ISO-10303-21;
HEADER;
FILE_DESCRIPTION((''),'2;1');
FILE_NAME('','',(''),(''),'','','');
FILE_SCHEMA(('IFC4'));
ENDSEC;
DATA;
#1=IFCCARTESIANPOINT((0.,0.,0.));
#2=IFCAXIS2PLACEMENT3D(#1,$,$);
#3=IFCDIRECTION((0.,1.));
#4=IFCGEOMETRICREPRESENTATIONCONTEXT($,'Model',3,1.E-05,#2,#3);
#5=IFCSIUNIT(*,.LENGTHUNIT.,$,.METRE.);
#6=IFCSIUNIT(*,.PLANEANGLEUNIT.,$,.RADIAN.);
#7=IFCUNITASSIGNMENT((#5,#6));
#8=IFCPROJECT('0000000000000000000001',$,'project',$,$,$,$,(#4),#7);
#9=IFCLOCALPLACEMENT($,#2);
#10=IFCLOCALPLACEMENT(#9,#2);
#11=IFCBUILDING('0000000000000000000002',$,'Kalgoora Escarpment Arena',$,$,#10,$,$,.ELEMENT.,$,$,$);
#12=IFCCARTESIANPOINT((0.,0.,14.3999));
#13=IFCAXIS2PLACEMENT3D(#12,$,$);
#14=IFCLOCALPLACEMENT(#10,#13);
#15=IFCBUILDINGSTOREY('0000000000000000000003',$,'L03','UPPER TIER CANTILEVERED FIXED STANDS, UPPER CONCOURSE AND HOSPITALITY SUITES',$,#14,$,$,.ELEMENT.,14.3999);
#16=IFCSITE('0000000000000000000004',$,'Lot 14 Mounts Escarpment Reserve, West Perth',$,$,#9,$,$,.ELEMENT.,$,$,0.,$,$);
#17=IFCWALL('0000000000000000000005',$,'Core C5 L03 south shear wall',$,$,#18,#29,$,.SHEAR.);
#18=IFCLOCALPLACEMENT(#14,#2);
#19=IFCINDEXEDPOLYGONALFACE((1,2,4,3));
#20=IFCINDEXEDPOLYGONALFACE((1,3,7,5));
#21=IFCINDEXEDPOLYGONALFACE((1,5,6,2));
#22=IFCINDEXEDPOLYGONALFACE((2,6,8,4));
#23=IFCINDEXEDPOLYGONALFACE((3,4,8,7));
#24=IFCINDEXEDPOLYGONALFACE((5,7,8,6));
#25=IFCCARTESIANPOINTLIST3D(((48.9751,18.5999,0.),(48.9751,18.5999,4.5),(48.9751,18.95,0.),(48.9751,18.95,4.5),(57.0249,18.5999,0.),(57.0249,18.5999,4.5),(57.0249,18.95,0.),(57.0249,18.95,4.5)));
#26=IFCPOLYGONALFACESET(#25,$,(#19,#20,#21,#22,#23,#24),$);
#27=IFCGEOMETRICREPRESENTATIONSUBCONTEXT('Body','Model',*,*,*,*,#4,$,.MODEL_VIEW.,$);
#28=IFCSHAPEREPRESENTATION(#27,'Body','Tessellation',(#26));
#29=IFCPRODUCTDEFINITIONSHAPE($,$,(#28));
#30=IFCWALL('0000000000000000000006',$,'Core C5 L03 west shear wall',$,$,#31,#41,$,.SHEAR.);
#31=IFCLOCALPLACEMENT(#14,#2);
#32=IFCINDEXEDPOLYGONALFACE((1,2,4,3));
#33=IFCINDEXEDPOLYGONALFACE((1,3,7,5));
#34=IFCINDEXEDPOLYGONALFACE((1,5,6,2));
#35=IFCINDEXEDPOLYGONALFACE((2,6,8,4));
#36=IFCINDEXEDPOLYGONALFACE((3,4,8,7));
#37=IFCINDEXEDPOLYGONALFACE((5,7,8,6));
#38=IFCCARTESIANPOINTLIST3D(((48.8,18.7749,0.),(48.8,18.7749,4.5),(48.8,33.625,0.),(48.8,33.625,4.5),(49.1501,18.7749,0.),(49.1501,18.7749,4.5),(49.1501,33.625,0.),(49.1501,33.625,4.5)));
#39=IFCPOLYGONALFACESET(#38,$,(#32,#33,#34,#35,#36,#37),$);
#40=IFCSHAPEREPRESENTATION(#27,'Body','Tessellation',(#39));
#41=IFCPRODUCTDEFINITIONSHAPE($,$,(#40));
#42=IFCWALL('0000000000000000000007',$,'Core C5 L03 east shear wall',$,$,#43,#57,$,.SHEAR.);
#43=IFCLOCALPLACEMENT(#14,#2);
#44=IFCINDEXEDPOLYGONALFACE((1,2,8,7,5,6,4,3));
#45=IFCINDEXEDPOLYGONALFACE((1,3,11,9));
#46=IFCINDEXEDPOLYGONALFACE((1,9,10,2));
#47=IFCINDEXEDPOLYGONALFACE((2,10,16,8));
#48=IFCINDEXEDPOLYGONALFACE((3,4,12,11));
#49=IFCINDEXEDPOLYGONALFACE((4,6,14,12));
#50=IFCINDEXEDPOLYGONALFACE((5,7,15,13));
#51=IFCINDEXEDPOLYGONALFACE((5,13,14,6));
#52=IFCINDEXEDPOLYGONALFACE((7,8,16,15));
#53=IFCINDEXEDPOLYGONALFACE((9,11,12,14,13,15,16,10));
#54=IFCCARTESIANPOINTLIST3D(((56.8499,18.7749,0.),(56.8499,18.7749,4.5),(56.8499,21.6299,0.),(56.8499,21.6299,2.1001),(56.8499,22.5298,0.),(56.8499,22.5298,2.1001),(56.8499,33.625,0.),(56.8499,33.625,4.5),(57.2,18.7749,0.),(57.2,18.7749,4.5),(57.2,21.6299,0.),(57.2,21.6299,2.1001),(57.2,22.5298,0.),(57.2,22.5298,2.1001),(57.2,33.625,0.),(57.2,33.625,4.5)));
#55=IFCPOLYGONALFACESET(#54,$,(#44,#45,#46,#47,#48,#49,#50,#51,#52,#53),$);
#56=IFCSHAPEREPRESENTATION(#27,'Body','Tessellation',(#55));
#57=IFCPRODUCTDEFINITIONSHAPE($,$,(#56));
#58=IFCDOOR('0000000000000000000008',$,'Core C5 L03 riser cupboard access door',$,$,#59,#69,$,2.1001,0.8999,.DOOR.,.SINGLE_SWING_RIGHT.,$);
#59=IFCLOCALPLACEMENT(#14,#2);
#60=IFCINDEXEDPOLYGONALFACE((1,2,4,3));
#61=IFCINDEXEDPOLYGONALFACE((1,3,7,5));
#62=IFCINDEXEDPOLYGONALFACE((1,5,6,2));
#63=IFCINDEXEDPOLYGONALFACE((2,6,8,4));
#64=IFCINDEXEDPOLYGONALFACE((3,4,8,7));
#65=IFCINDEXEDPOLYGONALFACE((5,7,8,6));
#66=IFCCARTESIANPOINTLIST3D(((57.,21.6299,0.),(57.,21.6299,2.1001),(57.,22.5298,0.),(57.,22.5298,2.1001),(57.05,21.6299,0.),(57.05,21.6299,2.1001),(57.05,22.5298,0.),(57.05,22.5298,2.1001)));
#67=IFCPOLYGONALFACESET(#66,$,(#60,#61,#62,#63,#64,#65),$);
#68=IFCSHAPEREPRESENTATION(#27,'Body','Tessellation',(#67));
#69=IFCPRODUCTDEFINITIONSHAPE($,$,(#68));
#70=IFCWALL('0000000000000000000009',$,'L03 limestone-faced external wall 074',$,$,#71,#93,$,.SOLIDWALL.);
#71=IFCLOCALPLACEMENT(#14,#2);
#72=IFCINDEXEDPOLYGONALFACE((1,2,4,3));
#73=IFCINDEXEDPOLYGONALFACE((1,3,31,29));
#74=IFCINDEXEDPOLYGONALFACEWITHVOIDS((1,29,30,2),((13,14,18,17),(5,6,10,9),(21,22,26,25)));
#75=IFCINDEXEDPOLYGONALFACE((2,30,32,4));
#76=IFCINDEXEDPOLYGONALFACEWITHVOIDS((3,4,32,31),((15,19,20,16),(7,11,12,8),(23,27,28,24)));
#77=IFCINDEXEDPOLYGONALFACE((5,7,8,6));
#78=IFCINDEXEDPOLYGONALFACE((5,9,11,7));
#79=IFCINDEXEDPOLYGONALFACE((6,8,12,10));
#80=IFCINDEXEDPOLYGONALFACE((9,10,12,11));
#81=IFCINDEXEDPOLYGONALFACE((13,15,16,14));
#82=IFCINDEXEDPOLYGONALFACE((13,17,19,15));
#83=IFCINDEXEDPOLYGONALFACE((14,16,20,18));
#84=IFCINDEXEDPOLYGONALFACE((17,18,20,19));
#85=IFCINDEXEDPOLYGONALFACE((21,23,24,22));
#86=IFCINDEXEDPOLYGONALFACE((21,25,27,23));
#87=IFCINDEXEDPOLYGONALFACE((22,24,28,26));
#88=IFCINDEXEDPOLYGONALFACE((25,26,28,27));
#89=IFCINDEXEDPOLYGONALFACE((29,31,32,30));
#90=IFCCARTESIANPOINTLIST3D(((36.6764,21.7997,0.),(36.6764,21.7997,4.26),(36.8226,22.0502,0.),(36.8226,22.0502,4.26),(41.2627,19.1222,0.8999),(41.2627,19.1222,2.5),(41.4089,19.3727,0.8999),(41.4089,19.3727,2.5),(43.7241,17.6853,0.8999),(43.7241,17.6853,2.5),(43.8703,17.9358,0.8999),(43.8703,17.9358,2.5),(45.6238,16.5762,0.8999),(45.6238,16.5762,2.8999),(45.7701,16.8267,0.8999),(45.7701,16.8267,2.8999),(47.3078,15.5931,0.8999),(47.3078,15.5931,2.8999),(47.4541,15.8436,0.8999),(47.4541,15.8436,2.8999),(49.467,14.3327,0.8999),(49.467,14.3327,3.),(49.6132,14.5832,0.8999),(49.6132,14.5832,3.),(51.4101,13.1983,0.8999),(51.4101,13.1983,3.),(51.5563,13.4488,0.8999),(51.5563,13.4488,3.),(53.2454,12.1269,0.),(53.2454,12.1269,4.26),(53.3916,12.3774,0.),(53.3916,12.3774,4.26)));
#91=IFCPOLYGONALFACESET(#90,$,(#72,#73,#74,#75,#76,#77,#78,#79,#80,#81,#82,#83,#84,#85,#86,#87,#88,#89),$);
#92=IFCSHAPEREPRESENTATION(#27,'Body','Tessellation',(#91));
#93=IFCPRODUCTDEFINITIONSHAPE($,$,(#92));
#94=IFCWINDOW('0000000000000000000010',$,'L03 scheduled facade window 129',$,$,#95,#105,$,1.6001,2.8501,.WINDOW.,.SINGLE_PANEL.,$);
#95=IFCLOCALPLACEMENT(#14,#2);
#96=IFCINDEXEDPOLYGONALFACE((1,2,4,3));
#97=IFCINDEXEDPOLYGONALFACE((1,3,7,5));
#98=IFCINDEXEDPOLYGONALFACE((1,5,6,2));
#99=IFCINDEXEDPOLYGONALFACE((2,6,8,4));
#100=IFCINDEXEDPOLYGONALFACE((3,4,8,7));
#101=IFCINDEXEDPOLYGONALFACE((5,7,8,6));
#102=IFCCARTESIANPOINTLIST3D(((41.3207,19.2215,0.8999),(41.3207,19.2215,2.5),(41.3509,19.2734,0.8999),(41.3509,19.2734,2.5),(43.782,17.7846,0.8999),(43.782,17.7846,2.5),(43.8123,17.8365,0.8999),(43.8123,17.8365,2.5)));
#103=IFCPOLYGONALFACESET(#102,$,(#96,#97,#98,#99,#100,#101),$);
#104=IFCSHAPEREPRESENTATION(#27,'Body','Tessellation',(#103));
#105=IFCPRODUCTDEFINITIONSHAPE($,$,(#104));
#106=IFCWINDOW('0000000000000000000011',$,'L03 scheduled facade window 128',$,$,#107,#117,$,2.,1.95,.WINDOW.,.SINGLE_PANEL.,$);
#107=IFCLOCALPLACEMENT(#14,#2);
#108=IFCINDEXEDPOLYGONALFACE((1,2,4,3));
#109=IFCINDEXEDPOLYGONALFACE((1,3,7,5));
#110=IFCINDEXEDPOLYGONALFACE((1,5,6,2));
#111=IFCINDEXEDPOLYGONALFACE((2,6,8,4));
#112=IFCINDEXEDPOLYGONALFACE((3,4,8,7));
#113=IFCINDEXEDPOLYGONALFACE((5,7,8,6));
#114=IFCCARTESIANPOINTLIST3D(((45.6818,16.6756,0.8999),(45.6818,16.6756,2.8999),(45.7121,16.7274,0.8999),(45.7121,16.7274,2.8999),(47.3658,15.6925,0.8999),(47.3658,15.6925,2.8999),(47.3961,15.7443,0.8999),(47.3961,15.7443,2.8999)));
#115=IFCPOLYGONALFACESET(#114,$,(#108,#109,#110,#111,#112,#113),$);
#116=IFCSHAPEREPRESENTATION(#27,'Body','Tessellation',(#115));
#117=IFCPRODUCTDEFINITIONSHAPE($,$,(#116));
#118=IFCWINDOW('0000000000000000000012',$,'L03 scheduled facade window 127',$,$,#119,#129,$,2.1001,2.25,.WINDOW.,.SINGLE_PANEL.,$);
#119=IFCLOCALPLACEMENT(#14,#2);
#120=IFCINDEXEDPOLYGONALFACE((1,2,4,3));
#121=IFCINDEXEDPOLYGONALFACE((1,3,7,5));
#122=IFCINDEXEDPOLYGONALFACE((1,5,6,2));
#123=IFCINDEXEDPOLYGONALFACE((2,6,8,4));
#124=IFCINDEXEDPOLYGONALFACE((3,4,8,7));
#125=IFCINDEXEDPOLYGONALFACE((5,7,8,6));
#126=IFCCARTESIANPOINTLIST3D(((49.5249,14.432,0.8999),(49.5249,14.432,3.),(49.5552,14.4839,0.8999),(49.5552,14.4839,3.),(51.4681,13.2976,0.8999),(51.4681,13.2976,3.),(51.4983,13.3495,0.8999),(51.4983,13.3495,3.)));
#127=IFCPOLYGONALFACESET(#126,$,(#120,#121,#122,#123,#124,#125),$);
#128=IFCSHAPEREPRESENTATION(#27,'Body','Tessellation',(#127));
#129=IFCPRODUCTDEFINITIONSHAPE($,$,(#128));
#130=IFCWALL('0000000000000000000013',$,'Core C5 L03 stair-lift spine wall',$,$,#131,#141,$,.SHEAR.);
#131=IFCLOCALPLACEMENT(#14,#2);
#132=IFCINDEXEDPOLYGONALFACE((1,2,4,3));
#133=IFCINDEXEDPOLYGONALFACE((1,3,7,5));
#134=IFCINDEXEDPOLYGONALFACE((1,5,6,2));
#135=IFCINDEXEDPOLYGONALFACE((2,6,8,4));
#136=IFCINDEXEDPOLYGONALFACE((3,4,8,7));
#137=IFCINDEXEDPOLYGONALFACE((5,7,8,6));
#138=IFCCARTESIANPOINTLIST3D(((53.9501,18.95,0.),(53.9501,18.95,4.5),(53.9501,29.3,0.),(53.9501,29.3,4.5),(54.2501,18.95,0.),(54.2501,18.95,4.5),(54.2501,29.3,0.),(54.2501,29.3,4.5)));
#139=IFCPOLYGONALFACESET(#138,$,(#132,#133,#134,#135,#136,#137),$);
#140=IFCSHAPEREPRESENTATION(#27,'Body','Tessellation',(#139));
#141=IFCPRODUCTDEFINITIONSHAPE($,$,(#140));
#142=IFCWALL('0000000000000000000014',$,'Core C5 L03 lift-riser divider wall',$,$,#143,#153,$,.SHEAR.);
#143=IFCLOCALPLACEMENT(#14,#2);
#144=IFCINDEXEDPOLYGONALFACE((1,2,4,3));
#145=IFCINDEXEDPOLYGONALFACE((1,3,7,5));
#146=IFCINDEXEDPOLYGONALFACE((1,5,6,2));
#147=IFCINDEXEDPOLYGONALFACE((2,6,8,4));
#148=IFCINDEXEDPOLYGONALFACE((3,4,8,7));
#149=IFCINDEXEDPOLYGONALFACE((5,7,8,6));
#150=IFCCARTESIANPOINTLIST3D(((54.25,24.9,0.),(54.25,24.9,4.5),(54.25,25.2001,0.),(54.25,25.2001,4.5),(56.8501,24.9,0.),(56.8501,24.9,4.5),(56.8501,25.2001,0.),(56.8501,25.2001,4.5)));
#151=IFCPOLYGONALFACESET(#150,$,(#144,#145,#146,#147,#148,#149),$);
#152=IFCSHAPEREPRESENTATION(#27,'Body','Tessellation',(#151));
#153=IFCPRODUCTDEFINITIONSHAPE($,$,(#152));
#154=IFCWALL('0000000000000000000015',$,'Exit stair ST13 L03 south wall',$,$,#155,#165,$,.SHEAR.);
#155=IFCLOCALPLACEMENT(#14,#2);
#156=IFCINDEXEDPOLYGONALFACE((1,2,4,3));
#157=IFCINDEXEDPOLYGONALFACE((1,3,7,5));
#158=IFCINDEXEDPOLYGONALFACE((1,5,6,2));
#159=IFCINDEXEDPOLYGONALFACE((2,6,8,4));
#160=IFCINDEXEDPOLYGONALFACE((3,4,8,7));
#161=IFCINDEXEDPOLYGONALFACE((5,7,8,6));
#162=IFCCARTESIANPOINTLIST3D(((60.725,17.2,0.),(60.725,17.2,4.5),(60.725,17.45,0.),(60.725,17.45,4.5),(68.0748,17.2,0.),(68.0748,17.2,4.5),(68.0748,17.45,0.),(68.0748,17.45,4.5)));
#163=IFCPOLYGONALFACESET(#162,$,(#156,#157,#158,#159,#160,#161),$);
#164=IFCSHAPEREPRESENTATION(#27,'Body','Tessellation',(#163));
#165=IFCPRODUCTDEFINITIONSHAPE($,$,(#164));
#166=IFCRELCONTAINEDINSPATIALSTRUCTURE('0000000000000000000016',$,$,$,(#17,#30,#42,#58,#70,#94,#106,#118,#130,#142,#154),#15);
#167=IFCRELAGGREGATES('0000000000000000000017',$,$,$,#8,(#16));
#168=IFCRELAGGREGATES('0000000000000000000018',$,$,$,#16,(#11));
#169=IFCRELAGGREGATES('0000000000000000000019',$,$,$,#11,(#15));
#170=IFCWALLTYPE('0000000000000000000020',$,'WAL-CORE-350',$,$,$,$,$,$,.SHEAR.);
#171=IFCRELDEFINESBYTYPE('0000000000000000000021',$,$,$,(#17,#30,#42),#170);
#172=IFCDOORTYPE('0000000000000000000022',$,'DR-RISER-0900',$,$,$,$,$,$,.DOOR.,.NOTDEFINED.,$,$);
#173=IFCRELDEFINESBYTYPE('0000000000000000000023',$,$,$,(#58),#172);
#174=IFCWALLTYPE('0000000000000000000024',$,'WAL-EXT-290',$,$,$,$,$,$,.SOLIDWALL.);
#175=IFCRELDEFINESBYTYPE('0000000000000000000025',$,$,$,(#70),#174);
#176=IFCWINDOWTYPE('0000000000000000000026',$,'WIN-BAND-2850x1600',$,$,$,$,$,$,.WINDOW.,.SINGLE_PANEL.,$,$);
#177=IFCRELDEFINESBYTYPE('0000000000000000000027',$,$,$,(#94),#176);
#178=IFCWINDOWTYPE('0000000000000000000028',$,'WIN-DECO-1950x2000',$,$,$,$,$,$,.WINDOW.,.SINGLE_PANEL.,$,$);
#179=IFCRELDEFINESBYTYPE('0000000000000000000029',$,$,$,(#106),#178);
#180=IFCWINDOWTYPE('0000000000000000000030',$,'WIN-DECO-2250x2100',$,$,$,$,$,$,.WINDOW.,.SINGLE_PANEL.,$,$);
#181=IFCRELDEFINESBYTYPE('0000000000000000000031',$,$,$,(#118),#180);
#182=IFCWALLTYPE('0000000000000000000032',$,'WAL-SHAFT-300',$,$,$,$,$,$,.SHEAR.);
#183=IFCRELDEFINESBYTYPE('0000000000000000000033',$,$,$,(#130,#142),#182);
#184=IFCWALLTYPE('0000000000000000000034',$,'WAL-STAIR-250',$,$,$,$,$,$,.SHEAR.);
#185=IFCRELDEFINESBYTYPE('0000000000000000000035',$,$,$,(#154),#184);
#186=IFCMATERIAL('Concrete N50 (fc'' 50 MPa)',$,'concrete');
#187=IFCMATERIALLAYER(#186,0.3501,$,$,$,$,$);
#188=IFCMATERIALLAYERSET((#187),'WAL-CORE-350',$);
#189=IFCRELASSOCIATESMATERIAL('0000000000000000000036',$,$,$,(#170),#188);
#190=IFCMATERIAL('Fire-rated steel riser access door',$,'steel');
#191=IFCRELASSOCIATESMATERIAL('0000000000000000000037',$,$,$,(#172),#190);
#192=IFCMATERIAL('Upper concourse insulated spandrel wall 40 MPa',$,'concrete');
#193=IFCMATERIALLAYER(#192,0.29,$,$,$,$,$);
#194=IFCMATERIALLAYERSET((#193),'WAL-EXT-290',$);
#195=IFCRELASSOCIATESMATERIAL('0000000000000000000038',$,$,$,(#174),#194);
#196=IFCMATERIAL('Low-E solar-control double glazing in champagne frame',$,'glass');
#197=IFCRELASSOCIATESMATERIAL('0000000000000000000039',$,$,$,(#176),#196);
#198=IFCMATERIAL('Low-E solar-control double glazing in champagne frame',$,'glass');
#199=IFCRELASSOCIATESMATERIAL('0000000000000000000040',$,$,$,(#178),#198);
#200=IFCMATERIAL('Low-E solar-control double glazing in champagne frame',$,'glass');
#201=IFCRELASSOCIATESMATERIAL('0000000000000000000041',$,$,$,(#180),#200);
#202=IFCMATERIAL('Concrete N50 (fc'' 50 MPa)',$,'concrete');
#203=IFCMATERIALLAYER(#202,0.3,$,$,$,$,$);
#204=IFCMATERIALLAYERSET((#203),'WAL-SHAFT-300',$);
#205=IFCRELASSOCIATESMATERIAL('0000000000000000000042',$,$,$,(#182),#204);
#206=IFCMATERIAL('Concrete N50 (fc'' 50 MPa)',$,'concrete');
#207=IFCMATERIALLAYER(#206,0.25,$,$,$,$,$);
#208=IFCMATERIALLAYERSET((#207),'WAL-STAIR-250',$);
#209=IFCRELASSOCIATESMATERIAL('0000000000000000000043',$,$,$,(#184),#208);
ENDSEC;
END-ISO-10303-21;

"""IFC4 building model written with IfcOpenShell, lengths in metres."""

from ifc_helpers import new_model, si_unit, direction, frame, frame_2d, origin, place, context, subcontext, project, spatial, rectangle, extrude, material, layer, layer_set, type_object, element, fill, save


model = new_model("IFC4")

# Units and contexts
model_context = context("Model", 3, precision=1e-05, world=origin(), true_north=direction((0.0, 1.0)))
body_context = subcontext(model_context, "Body", "Model", "MODEL_VIEW")
ifc_project = project(units=[si_unit("LENGTHUNIT", "METRE"), si_unit("PLANEANGLEUNIT", "RADIAN")], contexts=[model_context])

# Site, building, storey
site_placement = place(None, origin())
site = spatial("IfcSite", under=ifc_project, at=site_placement, Name="Lot 14 Mounts Escarpment Reserve, West Perth", CompositionType="ELEMENT", RefElevation=0.0)
building_placement = place(site_placement, origin())
building = spatial("IfcBuilding", under=site, at=building_placement, Name="Kalgoora Escarpment Arena", CompositionType="ELEMENT")
storey_placement = place(building_placement, frame((0.0, 0.0, 14.3999)))
storey = spatial("IfcBuildingStorey", under=building, at=storey_placement, Name="L03", Description="UPPER TIER CANTILEVERED FIXED STANDS, UPPER CONCOURSE AND HOSPITALITY SUITES", CompositionType="ELEMENT", Elevation=14.3999)

# Walls
ifc_material_1 = material(Name="Concrete N50 (fc' 50 MPa)", Category="concrete")
ifc_layer_1 = layer(ifc_material_1, 0.3501)
ifc_layer_set_1 = layer_set([ifc_layer_1], Name="WAL-CORE-350")
wall_type_1 = type_object("IfcWallType", Name="WAL-CORE-350", PredefinedType="SHEAR", material=ifc_layer_set_1)
wall_1_placement = place(storey_placement, frame((48.9751, 18.7749, 0.0), z_axis=(0.0, 0.0, 1.0), x_axis=(1.0, 0.0, 0.0)))
element("IfcWall", 1, at=wall_1_placement, inside=storey, type_object=wall_type_1, Name="Core C5 L03 south shear wall", PredefinedType="SHEAR", context=body_context, shape_type="SweptSolid", body=[
    extrude(rectangle(XDim=8.0498, YDim=0.3501, at=frame_2d((4.0249, 0.0))), origin(), (0.0, 0.0, 1.0), 4.5),
])
wall_2_placement = place(storey_placement, frame((48.9751, 18.7749, 0.0), z_axis=(0.0, 0.0, 1.0), x_axis=(0.0, 1.0, 0.0)))
element("IfcWall", 2, at=wall_2_placement, inside=storey, type_object=wall_type_1, Name="Core C5 L03 west shear wall", PredefinedType="SHEAR", context=body_context, shape_type="SweptSolid", body=[
    extrude(rectangle(XDim=14.8501, YDim=0.3501, at=frame_2d((7.425, 0.0))), origin(), (0.0, 0.0, 1.0), 4.5),
])

# Wall, opening, door
wall_3_placement = place(storey_placement, frame((57.0249, 18.7749, 0.0), z_axis=(0.0, 0.0, 1.0), x_axis=(0.0, 1.0, 0.0)))
wall_3 = element("IfcWall", 3, at=wall_3_placement, inside=storey, type_object=wall_type_1, Name="Core C5 L03 east shear wall", PredefinedType="SHEAR", context=body_context, shape_type="SweptSolid", body=[
    extrude(rectangle(XDim=14.8501, YDim=0.3501, at=frame_2d((7.425, 0.0))), origin(), (0.0, 0.0, 1.0), 4.5),
])
opening_1_placement = place(wall_3_placement, frame((2.855, 0.0, 0.0)))
opening_1 = element("IfcOpeningElement", 4, at=opening_1_placement, cuts=wall_3, PredefinedType="OPENING", context=body_context, shape_type="SweptSolid", body=[
    extrude(rectangle(XDim=0.8999, YDim=2.1001, at=frame_2d((0.45, 1.05))), frame((0.0, 0.1851, 0.0), z_axis=(0.0, -1.0, 0.0), x_axis=(1.0, 0.0, 0.0)), (0.0, 0.0, 1.0), 0.3701),
])
ifc_material_2 = material(Name="Fire-rated steel riser access door", Category="steel")
door_type = type_object("IfcDoorType", Name="DR-RISER-0900", OperationType="NOTDEFINED", PredefinedType="DOOR", material=ifc_material_2)
door_placement = place(opening_1_placement, origin())
door = element("IfcDoor", 5, at=door_placement, inside=storey, type_object=door_type, Name="Core C5 L03 riser cupboard access door", OperationType="SINGLE_SWING_RIGHT", OverallHeight=2.1001, OverallWidth=0.8999, PredefinedType="DOOR", context=body_context, shape_type="SweptSolid", body=[
    extrude(rectangle(XDim=0.8999, YDim=2.1001, at=frame_2d((0.45, 1.05))), frame((0.0, 0.0249, 0.0), z_axis=(0.0, -1.0, 0.0), x_axis=(1.0, 0.0, 0.0)), (0.0, 0.0, 1.0), 0.05),
])
fill(opening_1, door)

# Wall, openings, windows
ifc_material_3 = material(Name="Upper concourse insulated spandrel wall 40 MPa", Category="concrete")
ifc_layer_2 = layer(ifc_material_3, 0.29)
ifc_layer_set_2 = layer_set([ifc_layer_2], Name="WAL-EXT-290")
wall_type_2 = type_object("IfcWallType", Name="WAL-EXT-290", PredefinedType="SOLIDWALL", material=ifc_layer_set_2)
wall_4_placement = place(storey_placement, frame((53.3184, 12.2522, 0.0), z_axis=(0.0, 0.0, 1.0), x_axis=(-0.863608, 0.504165, 0.0)))
wall_4 = element("IfcWall", 6, at=wall_4_placement, inside=storey, type_object=wall_type_2, Name="L03 limestone-faced external wall 074", PredefinedType="SOLIDWALL", context=body_context, shape_type="SweptSolid", body=[
    extrude(rectangle(XDim=19.1858, YDim=0.29, at=frame_2d((9.5928, 0.0))), origin(), (0.0, 0.0, 1.0), 4.26),
])
opening_2_placement = place(wall_4_placement, frame((2.125, 0.0, 0.8999)))
opening_2 = element("IfcOpeningElement", 7, at=opening_2_placement, cuts=wall_4, PredefinedType="OPENING", context=body_context, shape_type="SweptSolid", body=[
    extrude(rectangle(XDim=2.25, YDim=2.1001, at=frame_2d((1.125, 1.05))), frame((0.0, 0.155, 0.0), z_axis=(0.0, -1.0, 0.0), x_axis=(1.0, 0.0, 0.0)), (0.0, 0.0, 1.0), 0.3101),
])
opening_3_placement = place(wall_4_placement, frame((6.875, 0.0, 0.8999)))
opening_3 = element("IfcOpeningElement", 8, at=opening_3_placement, cuts=wall_4, PredefinedType="OPENING", context=body_context, shape_type="SweptSolid", body=[
    extrude(rectangle(XDim=1.95, YDim=2.0, at=frame_2d((0.9751, 1.0))), frame((0.0, 0.155, 0.0), z_axis=(0.0, -1.0, 0.0), x_axis=(1.0, 0.0, 0.0)), (0.0, 0.0, 1.0), 0.3101),
])
opening_4_placement = place(wall_4_placement, frame((11.0249, 0.0, 0.8999)))
opening_4 = element("IfcOpeningElement", 9, at=opening_4_placement, cuts=wall_4, PredefinedType="OPENING", context=body_context, shape_type="SweptSolid", body=[
    extrude(rectangle(XDim=2.8501, YDim=1.6001, at=frame_2d((1.425, 0.8))), frame((0.0, 0.155, 0.0), z_axis=(0.0, -1.0, 0.0), x_axis=(1.0, 0.0, 0.0)), (0.0, 0.0, 1.0), 0.3101),
])
ifc_material_4 = material(Name="Low-E solar-control double glazing in champagne frame", Category="glass")
window_type_1 = type_object("IfcWindowType", Name="WIN-BAND-2850x1600", PartitioningType="SINGLE_PANEL", PredefinedType="WINDOW", material=ifc_material_4)
window_1_placement = place(opening_4_placement, origin())
window_1 = element("IfcWindow", 10, at=window_1_placement, inside=storey, type_object=window_type_1, Name="L03 scheduled facade window 129", OverallHeight=1.6001, OverallWidth=2.8501, PartitioningType="SINGLE_PANEL", PredefinedType="WINDOW", context=body_context, shape_type="SweptSolid", body=[
    extrude(rectangle(XDim=2.8501, YDim=1.6001, at=frame_2d((1.425, 0.8))), frame((0.0, 0.03, 0.0), z_axis=(0.0, -1.0, 0.0), x_axis=(1.0, 0.0, 0.0)), (0.0, 0.0, 1.0), 0.0601),
])
fill(opening_4, window_1)
ifc_material_5 = material(Name="Low-E solar-control double glazing in champagne frame", Category="glass")
window_type_2 = type_object("IfcWindowType", Name="WIN-DECO-1950x2000", PartitioningType="SINGLE_PANEL", PredefinedType="WINDOW", material=ifc_material_5)
window_2_placement = place(opening_3_placement, origin())
window_2 = element("IfcWindow", 11, at=window_2_placement, inside=storey, type_object=window_type_2, Name="L03 scheduled facade window 128", OverallHeight=2.0, OverallWidth=1.95, PartitioningType="SINGLE_PANEL", PredefinedType="WINDOW", context=body_context, shape_type="SweptSolid", body=[
    extrude(rectangle(XDim=1.95, YDim=2.0, at=frame_2d((0.9751, 1.0))), frame((0.0, 0.03, 0.0), z_axis=(0.0, -1.0, 0.0), x_axis=(1.0, 0.0, 0.0)), (0.0, 0.0, 1.0), 0.0601),
])
fill(opening_3, window_2)
ifc_material_6 = material(Name="Low-E solar-control double glazing in champagne frame", Category="glass")
window_type_3 = type_object("IfcWindowType", Name="WIN-DECO-2250x2100", PartitioningType="SINGLE_PANEL", PredefinedType="WINDOW", material=ifc_material_6)
window_3_placement = place(opening_2_placement, origin())
window_3 = element("IfcWindow", 12, at=window_3_placement, inside=storey, type_object=window_type_3, Name="L03 scheduled facade window 127", OverallHeight=2.1001, OverallWidth=2.25, PartitioningType="SINGLE_PANEL", PredefinedType="WINDOW", context=body_context, shape_type="SweptSolid", body=[
    extrude(rectangle(XDim=2.25, YDim=2.1001, at=frame_2d((1.125, 1.05))), frame((0.0, 0.03, 0.0), z_axis=(0.0, -1.0, 0.0), x_axis=(1.0, 0.0, 0.0)), (0.0, 0.0, 1.0), 0.0601),
])
fill(opening_2, window_3)

# Walls
ifc_material_7 = material(Name="Concrete N50 (fc' 50 MPa)", Category="concrete")
ifc_layer_3 = layer(ifc_material_7, 0.3)
ifc_layer_set_3 = layer_set([ifc_layer_3], Name="WAL-SHAFT-300")
wall_type_3 = type_object("IfcWallType", Name="WAL-SHAFT-300", PredefinedType="SHEAR", material=ifc_layer_set_3)
wall_5_placement = place(storey_placement, frame((54.1001, 18.95, 0.0), z_axis=(0.0, 0.0, 1.0), x_axis=(0.0, 1.0, 0.0)))
element("IfcWall", 13, at=wall_5_placement, inside=storey, type_object=wall_type_3, Name="Core C5 L03 stair-lift spine wall", PredefinedType="SHEAR", context=body_context, shape_type="SweptSolid", body=[
    extrude(rectangle(XDim=10.3501, YDim=0.3, at=frame_2d((5.175, 0.0))), origin(), (0.0, 0.0, 1.0), 4.5),
])
wall_6_placement = place(storey_placement, frame((54.25, 25.05, 0.0), z_axis=(0.0, 0.0, 1.0), x_axis=(1.0, 0.0, 0.0)))
element("IfcWall", 14, at=wall_6_placement, inside=storey, type_object=wall_type_3, Name="Core C5 L03 lift-riser divider wall", PredefinedType="SHEAR", context=body_context, shape_type="SweptSolid", body=[
    extrude(rectangle(XDim=2.6001, YDim=0.3, at=frame_2d((1.3, 0.0))), origin(), (0.0, 0.0, 1.0), 4.5),
])
ifc_material_8 = material(Name="Concrete N50 (fc' 50 MPa)", Category="concrete")
ifc_layer_4 = layer(ifc_material_8, 0.25)
ifc_layer_set_4 = layer_set([ifc_layer_4], Name="WAL-STAIR-250")
wall_type_4 = type_object("IfcWallType", Name="WAL-STAIR-250", PredefinedType="SHEAR", material=ifc_layer_set_4)
wall_7_placement = place(storey_placement, frame((60.7251, 17.325, 0.0), z_axis=(0.0, 0.0, 1.0), x_axis=(1.0, 0.0, 0.0)))
element("IfcWall", 15, at=wall_7_placement, inside=storey, type_object=wall_type_4, Name="Exit stair ST13 L03 south wall", PredefinedType="SHEAR", context=body_context, shape_type="SweptSolid", body=[
    extrude(rectangle(XDim=7.3499, YDim=0.25, at=frame_2d((3.6748, 0.0))), origin(), (0.0, 0.0, 1.0), 4.5),
])

save(model, "model.ifc")
